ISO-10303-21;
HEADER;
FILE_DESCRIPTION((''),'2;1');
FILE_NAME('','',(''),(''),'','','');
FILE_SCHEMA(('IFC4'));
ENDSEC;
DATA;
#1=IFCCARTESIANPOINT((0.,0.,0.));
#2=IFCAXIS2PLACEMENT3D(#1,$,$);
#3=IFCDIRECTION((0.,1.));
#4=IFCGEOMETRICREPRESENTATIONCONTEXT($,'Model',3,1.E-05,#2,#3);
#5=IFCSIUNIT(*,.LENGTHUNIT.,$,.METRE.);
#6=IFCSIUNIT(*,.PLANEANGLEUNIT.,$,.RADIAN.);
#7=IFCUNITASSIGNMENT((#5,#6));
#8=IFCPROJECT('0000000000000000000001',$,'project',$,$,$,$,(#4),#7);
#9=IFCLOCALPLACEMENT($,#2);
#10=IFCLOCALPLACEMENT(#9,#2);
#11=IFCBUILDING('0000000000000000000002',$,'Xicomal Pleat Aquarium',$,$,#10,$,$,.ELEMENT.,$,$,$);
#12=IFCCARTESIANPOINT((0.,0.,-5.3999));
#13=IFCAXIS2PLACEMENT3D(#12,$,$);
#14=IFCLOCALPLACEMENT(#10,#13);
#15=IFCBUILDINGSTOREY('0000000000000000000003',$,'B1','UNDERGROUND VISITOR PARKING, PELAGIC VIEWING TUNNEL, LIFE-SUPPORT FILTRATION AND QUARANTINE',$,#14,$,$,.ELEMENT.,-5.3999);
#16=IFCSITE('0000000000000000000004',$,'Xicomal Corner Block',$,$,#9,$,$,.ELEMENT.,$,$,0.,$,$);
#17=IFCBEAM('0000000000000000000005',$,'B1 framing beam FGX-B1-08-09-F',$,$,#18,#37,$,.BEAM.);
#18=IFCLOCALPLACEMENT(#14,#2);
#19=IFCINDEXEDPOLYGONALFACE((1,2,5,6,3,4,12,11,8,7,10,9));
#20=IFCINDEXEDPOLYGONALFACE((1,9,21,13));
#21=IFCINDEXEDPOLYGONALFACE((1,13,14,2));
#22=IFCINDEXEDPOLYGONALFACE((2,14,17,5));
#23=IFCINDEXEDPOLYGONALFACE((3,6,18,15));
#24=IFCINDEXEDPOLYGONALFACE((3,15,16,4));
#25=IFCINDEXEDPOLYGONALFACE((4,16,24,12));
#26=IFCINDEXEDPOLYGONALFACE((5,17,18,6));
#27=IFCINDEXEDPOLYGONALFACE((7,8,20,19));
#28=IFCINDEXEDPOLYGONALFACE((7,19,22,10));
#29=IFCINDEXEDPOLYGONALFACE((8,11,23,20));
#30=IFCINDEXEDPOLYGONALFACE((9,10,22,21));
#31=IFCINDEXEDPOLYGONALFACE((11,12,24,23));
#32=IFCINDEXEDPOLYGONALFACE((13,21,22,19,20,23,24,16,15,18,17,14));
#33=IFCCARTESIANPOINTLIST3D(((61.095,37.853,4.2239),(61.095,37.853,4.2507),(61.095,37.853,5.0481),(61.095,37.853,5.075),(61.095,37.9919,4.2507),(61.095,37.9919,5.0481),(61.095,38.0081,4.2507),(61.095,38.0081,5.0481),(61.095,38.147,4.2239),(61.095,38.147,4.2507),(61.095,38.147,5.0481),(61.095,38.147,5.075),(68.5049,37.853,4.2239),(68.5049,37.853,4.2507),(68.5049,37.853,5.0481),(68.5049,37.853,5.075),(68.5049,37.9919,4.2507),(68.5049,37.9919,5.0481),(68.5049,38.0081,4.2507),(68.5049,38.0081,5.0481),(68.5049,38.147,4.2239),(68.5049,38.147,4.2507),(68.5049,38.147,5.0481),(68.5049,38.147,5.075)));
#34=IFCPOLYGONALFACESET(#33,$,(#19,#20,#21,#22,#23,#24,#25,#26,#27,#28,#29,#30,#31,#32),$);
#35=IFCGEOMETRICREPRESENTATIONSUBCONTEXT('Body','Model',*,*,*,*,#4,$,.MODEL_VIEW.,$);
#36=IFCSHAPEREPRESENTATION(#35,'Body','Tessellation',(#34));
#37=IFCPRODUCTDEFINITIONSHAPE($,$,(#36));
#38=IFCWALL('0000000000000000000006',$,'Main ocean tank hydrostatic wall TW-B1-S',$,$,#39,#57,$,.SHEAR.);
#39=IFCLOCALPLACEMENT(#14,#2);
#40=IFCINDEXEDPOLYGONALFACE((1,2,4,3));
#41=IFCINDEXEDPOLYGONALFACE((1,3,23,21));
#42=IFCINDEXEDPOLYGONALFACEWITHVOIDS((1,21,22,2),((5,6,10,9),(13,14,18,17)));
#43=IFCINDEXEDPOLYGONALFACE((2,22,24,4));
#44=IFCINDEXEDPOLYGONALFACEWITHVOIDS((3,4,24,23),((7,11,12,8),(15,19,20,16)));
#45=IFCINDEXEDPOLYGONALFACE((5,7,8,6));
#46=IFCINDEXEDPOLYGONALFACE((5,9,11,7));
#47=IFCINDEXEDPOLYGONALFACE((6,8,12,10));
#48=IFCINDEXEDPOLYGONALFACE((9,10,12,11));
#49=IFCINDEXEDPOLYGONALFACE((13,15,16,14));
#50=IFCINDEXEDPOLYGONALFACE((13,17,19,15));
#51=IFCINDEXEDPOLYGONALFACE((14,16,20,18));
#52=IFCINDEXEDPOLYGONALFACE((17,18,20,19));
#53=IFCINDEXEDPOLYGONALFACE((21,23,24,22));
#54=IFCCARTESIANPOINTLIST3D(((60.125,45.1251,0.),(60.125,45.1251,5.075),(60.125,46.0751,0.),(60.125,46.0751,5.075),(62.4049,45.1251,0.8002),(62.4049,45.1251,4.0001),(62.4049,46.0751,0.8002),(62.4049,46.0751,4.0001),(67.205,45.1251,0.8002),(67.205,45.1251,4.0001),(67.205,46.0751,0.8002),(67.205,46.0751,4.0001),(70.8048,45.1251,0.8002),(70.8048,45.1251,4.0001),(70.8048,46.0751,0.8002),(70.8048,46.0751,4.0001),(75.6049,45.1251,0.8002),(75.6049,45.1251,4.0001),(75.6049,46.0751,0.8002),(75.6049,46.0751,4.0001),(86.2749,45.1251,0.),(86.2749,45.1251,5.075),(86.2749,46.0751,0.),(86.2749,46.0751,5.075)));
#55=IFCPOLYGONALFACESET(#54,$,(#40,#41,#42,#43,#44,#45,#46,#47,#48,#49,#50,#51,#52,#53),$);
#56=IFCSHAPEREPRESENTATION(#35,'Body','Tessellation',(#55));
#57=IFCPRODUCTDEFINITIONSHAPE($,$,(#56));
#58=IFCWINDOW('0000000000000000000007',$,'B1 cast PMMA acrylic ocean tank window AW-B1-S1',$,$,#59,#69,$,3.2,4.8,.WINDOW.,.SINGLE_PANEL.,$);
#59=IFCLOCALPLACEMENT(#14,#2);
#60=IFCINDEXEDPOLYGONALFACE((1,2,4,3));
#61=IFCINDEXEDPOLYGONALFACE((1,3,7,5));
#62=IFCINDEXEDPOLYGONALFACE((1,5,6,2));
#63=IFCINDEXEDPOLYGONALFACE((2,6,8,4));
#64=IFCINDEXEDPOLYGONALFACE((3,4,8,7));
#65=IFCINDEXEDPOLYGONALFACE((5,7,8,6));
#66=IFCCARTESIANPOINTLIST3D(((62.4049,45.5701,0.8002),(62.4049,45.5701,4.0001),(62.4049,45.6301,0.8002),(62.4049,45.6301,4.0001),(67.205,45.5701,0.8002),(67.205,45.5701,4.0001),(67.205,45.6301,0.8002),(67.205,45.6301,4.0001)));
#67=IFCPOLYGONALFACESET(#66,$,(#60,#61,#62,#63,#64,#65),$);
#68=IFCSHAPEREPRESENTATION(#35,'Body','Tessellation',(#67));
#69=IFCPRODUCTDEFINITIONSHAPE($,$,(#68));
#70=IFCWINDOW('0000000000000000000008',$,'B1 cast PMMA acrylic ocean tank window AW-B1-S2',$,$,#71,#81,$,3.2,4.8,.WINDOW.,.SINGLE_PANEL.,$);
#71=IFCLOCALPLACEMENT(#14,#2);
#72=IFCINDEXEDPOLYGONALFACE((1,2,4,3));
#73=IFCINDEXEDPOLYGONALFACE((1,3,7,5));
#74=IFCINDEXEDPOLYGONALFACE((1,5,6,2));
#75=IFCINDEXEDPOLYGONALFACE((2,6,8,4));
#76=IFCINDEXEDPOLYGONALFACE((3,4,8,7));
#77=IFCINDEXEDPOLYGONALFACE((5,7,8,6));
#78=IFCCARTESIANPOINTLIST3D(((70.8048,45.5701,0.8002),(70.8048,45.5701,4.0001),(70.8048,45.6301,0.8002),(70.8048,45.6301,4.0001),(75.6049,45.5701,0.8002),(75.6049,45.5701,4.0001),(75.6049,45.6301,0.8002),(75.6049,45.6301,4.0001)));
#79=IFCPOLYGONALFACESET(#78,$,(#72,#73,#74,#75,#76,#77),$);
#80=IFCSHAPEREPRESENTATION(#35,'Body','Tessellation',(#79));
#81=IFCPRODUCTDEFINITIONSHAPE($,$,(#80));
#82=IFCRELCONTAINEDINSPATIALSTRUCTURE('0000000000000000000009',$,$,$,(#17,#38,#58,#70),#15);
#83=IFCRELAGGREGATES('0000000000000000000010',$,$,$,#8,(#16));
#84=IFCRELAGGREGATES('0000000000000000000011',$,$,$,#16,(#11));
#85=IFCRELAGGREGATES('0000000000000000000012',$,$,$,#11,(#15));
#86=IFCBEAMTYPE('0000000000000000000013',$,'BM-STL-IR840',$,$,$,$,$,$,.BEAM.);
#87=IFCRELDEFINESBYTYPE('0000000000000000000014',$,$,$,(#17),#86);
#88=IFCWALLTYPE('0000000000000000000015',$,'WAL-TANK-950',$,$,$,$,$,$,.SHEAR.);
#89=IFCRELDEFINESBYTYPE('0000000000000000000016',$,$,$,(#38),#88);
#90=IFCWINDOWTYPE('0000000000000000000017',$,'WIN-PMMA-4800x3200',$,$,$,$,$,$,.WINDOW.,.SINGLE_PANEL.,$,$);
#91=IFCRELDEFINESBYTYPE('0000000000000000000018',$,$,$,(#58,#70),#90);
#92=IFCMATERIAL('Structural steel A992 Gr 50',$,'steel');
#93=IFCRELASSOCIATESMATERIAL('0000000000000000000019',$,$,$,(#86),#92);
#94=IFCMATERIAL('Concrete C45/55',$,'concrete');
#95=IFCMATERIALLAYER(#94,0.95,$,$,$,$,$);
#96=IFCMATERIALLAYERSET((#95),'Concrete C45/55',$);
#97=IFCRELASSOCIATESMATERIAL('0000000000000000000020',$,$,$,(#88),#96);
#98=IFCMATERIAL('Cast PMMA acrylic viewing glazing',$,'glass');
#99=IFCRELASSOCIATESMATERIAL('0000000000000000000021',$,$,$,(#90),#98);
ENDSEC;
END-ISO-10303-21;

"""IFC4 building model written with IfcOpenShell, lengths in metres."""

from ifc_helpers import new_model, si_unit, direction, frame, frame_2d, origin, origin_2d, place, context, subcontext, project, spatial, rectangle, i_section, extrude, material, layer, layer_set, material_profile, profile_set, type_object, element, fill, save


model = new_model("IFC4")

# Units and contexts
model_context = context("Model", 3, precision=1e-05, world=origin(), true_north=direction((0.0, 1.0)))
body_context = subcontext(model_context, "Body", "Model", "MODEL_VIEW")
ifc_project = project(units=[si_unit("LENGTHUNIT", "METRE"), si_unit("PLANEANGLEUNIT", "RADIAN")], contexts=[model_context])

# Site, building, storey
site_placement = place(None, origin())
site = spatial("IfcSite", under=ifc_project, at=site_placement, Name="Xicomal Corner Block", CompositionType="ELEMENT", RefElevation=0.0)
building_placement = place(site_placement, origin())
building = spatial("IfcBuilding", under=site, at=building_placement, Name="Xicomal Pleat Aquarium", CompositionType="ELEMENT")
storey_placement = place(building_placement, frame((0.0, 0.0, -5.3999)))
storey = spatial("IfcBuildingStorey", under=building, at=storey_placement, Name="B1", Description="UNDERGROUND VISITOR PARKING, PELAGIC VIEWING TUNNEL, LIFE-SUPPORT FILTRATION AND QUARANTINE", CompositionType="ELEMENT", Elevation=-5.3999)

# Beam
ifc_material_1 = material(Name="Structural steel A992 Gr 50", Category="steel")
ifc_material_profile_1 = material_profile(ifc_material_1, i_section(OverallWidth=0.2939, OverallDepth=0.8511, WebThickness=0.0161, FlangeThickness=0.0269, at=origin_2d()), Name="IR 840x226")
ifc_profile_set_1 = profile_set([ifc_material_profile_1], Name="Structural steel A992 Gr 50")
beam_type_1 = type_object("IfcBeamType", Name="BM-STL-IR840", PredefinedType="BEAM", material=ifc_profile_set_1)
beam_1_placement = place(storey_placement, frame((61.095, 38.0, 4.6494), z_axis=(1.0, 0.0, 0.0), x_axis=(0.0, 1.0, 0.0)))
element("IfcBeam", 1, at=beam_1_placement, inside=storey, type_object=beam_type_1, Name="B1 framing beam FGX-B1-08-09-F", PredefinedType="BEAM", context=body_context, shape_type="SweptSolid", body=[
    extrude(i_section(OverallWidth=0.2939, OverallDepth=0.8511, WebThickness=0.0161, FlangeThickness=0.0269, at=origin_2d()), origin(), (0.0, 0.0, 1.0), 7.4099),
])

# Wall, openings, windows
ifc_material_2 = material(Name="Concrete C45/55", Category="concrete")
ifc_layer = layer(ifc_material_2, 0.95)
ifc_layer_set = layer_set([ifc_layer], Name="Concrete C45/55")
wall_type = type_object("IfcWallType", Name="WAL-TANK-950", PredefinedType="SHEAR", material=ifc_layer_set)
wall_placement = place(storey_placement, frame((60.125, 45.6001, 0.0), z_axis=(0.0, 0.0, 1.0), x_axis=(1.0, 0.0, 0.0)))
wall = element("IfcWall", 2, at=wall_placement, inside=storey, type_object=wall_type, Name="Main ocean tank hydrostatic wall TW-B1-S", PredefinedType="SHEAR", context=body_context, shape_type="SweptSolid", body=[
    extrude(rectangle(XDim=26.1499, YDim=0.95, at=frame_2d((13.075, 0.0))), origin(), (0.0, 0.0, 1.0), 5.075),
])
opening_1_placement = place(wall_placement, frame((2.28, 0.0, 0.8)))
opening_1 = element("IfcOpeningElement", 3, at=opening_1_placement, cuts=wall, PredefinedType="OPENING", context=body_context, shape_type="SweptSolid", body=[
    extrude(rectangle(XDim=4.8, YDim=3.2, at=frame_2d((2.3999, 1.6001))), frame((0.0, 0.4849, 0.0), z_axis=(0.0, -1.0, 0.0), x_axis=(1.0, 0.0, 0.0)), (0.0, 0.0, 1.0), 0.97),
])
opening_2_placement = place(wall_placement, frame((10.6799, 0.0, 0.8)))
opening_2 = element("IfcOpeningElement", 4, at=opening_2_placement, cuts=wall, PredefinedType="OPENING", context=body_context, shape_type="SweptSolid", body=[
    extrude(rectangle(XDim=4.8, YDim=3.2, at=frame_2d((2.3999, 1.6001))), frame((0.0, 0.4849, 0.0), z_axis=(0.0, -1.0, 0.0), x_axis=(1.0, 0.0, 0.0)), (0.0, 0.0, 1.0), 0.97),
])
ifc_material_3 = material(Name="Cast PMMA acrylic viewing glazing", Category="glass")
window_type = type_object("IfcWindowType", Name="WIN-PMMA-4800x3200", PartitioningType="SINGLE_PANEL", PredefinedType="WINDOW", material=ifc_material_3)
window_1_placement = place(opening_1_placement, origin())
window_1 = element("IfcWindow", 5, at=window_1_placement, inside=storey, type_object=window_type, Name="B1 cast PMMA acrylic ocean tank window AW-B1-S1", OverallHeight=3.2, OverallWidth=4.8, PartitioningType="SINGLE_PANEL", PredefinedType="WINDOW", context=body_context, shape_type="SweptSolid", body=[
    extrude(rectangle(XDim=4.8, YDim=3.2, at=frame_2d((2.3999, 1.6001))), frame((0.0, 0.03, 0.0), z_axis=(0.0, -1.0, 0.0), x_axis=(1.0, 0.0, 0.0)), (0.0, 0.0, 1.0), 0.0601),
])
fill(opening_1, window_1)
window_2_placement = place(opening_2_placement, origin())
window_2 = element("IfcWindow", 6, at=window_2_placement, inside=storey, type_object=window_type, Name="B1 cast PMMA acrylic ocean tank window AW-B1-S2", OverallHeight=3.2, OverallWidth=4.8, PartitioningType="SINGLE_PANEL", PredefinedType="WINDOW", context=body_context, shape_type="SweptSolid", body=[
    extrude(rectangle(XDim=4.8, YDim=3.2, at=frame_2d((2.3999, 1.6001))), frame((0.0, 0.03, 0.0), z_axis=(0.0, -1.0, 0.0), x_axis=(1.0, 0.0, 0.0)), (0.0, 0.0, 1.0), 0.0601),
])
fill(opening_2, window_2)

save(model, "model.ifc")
